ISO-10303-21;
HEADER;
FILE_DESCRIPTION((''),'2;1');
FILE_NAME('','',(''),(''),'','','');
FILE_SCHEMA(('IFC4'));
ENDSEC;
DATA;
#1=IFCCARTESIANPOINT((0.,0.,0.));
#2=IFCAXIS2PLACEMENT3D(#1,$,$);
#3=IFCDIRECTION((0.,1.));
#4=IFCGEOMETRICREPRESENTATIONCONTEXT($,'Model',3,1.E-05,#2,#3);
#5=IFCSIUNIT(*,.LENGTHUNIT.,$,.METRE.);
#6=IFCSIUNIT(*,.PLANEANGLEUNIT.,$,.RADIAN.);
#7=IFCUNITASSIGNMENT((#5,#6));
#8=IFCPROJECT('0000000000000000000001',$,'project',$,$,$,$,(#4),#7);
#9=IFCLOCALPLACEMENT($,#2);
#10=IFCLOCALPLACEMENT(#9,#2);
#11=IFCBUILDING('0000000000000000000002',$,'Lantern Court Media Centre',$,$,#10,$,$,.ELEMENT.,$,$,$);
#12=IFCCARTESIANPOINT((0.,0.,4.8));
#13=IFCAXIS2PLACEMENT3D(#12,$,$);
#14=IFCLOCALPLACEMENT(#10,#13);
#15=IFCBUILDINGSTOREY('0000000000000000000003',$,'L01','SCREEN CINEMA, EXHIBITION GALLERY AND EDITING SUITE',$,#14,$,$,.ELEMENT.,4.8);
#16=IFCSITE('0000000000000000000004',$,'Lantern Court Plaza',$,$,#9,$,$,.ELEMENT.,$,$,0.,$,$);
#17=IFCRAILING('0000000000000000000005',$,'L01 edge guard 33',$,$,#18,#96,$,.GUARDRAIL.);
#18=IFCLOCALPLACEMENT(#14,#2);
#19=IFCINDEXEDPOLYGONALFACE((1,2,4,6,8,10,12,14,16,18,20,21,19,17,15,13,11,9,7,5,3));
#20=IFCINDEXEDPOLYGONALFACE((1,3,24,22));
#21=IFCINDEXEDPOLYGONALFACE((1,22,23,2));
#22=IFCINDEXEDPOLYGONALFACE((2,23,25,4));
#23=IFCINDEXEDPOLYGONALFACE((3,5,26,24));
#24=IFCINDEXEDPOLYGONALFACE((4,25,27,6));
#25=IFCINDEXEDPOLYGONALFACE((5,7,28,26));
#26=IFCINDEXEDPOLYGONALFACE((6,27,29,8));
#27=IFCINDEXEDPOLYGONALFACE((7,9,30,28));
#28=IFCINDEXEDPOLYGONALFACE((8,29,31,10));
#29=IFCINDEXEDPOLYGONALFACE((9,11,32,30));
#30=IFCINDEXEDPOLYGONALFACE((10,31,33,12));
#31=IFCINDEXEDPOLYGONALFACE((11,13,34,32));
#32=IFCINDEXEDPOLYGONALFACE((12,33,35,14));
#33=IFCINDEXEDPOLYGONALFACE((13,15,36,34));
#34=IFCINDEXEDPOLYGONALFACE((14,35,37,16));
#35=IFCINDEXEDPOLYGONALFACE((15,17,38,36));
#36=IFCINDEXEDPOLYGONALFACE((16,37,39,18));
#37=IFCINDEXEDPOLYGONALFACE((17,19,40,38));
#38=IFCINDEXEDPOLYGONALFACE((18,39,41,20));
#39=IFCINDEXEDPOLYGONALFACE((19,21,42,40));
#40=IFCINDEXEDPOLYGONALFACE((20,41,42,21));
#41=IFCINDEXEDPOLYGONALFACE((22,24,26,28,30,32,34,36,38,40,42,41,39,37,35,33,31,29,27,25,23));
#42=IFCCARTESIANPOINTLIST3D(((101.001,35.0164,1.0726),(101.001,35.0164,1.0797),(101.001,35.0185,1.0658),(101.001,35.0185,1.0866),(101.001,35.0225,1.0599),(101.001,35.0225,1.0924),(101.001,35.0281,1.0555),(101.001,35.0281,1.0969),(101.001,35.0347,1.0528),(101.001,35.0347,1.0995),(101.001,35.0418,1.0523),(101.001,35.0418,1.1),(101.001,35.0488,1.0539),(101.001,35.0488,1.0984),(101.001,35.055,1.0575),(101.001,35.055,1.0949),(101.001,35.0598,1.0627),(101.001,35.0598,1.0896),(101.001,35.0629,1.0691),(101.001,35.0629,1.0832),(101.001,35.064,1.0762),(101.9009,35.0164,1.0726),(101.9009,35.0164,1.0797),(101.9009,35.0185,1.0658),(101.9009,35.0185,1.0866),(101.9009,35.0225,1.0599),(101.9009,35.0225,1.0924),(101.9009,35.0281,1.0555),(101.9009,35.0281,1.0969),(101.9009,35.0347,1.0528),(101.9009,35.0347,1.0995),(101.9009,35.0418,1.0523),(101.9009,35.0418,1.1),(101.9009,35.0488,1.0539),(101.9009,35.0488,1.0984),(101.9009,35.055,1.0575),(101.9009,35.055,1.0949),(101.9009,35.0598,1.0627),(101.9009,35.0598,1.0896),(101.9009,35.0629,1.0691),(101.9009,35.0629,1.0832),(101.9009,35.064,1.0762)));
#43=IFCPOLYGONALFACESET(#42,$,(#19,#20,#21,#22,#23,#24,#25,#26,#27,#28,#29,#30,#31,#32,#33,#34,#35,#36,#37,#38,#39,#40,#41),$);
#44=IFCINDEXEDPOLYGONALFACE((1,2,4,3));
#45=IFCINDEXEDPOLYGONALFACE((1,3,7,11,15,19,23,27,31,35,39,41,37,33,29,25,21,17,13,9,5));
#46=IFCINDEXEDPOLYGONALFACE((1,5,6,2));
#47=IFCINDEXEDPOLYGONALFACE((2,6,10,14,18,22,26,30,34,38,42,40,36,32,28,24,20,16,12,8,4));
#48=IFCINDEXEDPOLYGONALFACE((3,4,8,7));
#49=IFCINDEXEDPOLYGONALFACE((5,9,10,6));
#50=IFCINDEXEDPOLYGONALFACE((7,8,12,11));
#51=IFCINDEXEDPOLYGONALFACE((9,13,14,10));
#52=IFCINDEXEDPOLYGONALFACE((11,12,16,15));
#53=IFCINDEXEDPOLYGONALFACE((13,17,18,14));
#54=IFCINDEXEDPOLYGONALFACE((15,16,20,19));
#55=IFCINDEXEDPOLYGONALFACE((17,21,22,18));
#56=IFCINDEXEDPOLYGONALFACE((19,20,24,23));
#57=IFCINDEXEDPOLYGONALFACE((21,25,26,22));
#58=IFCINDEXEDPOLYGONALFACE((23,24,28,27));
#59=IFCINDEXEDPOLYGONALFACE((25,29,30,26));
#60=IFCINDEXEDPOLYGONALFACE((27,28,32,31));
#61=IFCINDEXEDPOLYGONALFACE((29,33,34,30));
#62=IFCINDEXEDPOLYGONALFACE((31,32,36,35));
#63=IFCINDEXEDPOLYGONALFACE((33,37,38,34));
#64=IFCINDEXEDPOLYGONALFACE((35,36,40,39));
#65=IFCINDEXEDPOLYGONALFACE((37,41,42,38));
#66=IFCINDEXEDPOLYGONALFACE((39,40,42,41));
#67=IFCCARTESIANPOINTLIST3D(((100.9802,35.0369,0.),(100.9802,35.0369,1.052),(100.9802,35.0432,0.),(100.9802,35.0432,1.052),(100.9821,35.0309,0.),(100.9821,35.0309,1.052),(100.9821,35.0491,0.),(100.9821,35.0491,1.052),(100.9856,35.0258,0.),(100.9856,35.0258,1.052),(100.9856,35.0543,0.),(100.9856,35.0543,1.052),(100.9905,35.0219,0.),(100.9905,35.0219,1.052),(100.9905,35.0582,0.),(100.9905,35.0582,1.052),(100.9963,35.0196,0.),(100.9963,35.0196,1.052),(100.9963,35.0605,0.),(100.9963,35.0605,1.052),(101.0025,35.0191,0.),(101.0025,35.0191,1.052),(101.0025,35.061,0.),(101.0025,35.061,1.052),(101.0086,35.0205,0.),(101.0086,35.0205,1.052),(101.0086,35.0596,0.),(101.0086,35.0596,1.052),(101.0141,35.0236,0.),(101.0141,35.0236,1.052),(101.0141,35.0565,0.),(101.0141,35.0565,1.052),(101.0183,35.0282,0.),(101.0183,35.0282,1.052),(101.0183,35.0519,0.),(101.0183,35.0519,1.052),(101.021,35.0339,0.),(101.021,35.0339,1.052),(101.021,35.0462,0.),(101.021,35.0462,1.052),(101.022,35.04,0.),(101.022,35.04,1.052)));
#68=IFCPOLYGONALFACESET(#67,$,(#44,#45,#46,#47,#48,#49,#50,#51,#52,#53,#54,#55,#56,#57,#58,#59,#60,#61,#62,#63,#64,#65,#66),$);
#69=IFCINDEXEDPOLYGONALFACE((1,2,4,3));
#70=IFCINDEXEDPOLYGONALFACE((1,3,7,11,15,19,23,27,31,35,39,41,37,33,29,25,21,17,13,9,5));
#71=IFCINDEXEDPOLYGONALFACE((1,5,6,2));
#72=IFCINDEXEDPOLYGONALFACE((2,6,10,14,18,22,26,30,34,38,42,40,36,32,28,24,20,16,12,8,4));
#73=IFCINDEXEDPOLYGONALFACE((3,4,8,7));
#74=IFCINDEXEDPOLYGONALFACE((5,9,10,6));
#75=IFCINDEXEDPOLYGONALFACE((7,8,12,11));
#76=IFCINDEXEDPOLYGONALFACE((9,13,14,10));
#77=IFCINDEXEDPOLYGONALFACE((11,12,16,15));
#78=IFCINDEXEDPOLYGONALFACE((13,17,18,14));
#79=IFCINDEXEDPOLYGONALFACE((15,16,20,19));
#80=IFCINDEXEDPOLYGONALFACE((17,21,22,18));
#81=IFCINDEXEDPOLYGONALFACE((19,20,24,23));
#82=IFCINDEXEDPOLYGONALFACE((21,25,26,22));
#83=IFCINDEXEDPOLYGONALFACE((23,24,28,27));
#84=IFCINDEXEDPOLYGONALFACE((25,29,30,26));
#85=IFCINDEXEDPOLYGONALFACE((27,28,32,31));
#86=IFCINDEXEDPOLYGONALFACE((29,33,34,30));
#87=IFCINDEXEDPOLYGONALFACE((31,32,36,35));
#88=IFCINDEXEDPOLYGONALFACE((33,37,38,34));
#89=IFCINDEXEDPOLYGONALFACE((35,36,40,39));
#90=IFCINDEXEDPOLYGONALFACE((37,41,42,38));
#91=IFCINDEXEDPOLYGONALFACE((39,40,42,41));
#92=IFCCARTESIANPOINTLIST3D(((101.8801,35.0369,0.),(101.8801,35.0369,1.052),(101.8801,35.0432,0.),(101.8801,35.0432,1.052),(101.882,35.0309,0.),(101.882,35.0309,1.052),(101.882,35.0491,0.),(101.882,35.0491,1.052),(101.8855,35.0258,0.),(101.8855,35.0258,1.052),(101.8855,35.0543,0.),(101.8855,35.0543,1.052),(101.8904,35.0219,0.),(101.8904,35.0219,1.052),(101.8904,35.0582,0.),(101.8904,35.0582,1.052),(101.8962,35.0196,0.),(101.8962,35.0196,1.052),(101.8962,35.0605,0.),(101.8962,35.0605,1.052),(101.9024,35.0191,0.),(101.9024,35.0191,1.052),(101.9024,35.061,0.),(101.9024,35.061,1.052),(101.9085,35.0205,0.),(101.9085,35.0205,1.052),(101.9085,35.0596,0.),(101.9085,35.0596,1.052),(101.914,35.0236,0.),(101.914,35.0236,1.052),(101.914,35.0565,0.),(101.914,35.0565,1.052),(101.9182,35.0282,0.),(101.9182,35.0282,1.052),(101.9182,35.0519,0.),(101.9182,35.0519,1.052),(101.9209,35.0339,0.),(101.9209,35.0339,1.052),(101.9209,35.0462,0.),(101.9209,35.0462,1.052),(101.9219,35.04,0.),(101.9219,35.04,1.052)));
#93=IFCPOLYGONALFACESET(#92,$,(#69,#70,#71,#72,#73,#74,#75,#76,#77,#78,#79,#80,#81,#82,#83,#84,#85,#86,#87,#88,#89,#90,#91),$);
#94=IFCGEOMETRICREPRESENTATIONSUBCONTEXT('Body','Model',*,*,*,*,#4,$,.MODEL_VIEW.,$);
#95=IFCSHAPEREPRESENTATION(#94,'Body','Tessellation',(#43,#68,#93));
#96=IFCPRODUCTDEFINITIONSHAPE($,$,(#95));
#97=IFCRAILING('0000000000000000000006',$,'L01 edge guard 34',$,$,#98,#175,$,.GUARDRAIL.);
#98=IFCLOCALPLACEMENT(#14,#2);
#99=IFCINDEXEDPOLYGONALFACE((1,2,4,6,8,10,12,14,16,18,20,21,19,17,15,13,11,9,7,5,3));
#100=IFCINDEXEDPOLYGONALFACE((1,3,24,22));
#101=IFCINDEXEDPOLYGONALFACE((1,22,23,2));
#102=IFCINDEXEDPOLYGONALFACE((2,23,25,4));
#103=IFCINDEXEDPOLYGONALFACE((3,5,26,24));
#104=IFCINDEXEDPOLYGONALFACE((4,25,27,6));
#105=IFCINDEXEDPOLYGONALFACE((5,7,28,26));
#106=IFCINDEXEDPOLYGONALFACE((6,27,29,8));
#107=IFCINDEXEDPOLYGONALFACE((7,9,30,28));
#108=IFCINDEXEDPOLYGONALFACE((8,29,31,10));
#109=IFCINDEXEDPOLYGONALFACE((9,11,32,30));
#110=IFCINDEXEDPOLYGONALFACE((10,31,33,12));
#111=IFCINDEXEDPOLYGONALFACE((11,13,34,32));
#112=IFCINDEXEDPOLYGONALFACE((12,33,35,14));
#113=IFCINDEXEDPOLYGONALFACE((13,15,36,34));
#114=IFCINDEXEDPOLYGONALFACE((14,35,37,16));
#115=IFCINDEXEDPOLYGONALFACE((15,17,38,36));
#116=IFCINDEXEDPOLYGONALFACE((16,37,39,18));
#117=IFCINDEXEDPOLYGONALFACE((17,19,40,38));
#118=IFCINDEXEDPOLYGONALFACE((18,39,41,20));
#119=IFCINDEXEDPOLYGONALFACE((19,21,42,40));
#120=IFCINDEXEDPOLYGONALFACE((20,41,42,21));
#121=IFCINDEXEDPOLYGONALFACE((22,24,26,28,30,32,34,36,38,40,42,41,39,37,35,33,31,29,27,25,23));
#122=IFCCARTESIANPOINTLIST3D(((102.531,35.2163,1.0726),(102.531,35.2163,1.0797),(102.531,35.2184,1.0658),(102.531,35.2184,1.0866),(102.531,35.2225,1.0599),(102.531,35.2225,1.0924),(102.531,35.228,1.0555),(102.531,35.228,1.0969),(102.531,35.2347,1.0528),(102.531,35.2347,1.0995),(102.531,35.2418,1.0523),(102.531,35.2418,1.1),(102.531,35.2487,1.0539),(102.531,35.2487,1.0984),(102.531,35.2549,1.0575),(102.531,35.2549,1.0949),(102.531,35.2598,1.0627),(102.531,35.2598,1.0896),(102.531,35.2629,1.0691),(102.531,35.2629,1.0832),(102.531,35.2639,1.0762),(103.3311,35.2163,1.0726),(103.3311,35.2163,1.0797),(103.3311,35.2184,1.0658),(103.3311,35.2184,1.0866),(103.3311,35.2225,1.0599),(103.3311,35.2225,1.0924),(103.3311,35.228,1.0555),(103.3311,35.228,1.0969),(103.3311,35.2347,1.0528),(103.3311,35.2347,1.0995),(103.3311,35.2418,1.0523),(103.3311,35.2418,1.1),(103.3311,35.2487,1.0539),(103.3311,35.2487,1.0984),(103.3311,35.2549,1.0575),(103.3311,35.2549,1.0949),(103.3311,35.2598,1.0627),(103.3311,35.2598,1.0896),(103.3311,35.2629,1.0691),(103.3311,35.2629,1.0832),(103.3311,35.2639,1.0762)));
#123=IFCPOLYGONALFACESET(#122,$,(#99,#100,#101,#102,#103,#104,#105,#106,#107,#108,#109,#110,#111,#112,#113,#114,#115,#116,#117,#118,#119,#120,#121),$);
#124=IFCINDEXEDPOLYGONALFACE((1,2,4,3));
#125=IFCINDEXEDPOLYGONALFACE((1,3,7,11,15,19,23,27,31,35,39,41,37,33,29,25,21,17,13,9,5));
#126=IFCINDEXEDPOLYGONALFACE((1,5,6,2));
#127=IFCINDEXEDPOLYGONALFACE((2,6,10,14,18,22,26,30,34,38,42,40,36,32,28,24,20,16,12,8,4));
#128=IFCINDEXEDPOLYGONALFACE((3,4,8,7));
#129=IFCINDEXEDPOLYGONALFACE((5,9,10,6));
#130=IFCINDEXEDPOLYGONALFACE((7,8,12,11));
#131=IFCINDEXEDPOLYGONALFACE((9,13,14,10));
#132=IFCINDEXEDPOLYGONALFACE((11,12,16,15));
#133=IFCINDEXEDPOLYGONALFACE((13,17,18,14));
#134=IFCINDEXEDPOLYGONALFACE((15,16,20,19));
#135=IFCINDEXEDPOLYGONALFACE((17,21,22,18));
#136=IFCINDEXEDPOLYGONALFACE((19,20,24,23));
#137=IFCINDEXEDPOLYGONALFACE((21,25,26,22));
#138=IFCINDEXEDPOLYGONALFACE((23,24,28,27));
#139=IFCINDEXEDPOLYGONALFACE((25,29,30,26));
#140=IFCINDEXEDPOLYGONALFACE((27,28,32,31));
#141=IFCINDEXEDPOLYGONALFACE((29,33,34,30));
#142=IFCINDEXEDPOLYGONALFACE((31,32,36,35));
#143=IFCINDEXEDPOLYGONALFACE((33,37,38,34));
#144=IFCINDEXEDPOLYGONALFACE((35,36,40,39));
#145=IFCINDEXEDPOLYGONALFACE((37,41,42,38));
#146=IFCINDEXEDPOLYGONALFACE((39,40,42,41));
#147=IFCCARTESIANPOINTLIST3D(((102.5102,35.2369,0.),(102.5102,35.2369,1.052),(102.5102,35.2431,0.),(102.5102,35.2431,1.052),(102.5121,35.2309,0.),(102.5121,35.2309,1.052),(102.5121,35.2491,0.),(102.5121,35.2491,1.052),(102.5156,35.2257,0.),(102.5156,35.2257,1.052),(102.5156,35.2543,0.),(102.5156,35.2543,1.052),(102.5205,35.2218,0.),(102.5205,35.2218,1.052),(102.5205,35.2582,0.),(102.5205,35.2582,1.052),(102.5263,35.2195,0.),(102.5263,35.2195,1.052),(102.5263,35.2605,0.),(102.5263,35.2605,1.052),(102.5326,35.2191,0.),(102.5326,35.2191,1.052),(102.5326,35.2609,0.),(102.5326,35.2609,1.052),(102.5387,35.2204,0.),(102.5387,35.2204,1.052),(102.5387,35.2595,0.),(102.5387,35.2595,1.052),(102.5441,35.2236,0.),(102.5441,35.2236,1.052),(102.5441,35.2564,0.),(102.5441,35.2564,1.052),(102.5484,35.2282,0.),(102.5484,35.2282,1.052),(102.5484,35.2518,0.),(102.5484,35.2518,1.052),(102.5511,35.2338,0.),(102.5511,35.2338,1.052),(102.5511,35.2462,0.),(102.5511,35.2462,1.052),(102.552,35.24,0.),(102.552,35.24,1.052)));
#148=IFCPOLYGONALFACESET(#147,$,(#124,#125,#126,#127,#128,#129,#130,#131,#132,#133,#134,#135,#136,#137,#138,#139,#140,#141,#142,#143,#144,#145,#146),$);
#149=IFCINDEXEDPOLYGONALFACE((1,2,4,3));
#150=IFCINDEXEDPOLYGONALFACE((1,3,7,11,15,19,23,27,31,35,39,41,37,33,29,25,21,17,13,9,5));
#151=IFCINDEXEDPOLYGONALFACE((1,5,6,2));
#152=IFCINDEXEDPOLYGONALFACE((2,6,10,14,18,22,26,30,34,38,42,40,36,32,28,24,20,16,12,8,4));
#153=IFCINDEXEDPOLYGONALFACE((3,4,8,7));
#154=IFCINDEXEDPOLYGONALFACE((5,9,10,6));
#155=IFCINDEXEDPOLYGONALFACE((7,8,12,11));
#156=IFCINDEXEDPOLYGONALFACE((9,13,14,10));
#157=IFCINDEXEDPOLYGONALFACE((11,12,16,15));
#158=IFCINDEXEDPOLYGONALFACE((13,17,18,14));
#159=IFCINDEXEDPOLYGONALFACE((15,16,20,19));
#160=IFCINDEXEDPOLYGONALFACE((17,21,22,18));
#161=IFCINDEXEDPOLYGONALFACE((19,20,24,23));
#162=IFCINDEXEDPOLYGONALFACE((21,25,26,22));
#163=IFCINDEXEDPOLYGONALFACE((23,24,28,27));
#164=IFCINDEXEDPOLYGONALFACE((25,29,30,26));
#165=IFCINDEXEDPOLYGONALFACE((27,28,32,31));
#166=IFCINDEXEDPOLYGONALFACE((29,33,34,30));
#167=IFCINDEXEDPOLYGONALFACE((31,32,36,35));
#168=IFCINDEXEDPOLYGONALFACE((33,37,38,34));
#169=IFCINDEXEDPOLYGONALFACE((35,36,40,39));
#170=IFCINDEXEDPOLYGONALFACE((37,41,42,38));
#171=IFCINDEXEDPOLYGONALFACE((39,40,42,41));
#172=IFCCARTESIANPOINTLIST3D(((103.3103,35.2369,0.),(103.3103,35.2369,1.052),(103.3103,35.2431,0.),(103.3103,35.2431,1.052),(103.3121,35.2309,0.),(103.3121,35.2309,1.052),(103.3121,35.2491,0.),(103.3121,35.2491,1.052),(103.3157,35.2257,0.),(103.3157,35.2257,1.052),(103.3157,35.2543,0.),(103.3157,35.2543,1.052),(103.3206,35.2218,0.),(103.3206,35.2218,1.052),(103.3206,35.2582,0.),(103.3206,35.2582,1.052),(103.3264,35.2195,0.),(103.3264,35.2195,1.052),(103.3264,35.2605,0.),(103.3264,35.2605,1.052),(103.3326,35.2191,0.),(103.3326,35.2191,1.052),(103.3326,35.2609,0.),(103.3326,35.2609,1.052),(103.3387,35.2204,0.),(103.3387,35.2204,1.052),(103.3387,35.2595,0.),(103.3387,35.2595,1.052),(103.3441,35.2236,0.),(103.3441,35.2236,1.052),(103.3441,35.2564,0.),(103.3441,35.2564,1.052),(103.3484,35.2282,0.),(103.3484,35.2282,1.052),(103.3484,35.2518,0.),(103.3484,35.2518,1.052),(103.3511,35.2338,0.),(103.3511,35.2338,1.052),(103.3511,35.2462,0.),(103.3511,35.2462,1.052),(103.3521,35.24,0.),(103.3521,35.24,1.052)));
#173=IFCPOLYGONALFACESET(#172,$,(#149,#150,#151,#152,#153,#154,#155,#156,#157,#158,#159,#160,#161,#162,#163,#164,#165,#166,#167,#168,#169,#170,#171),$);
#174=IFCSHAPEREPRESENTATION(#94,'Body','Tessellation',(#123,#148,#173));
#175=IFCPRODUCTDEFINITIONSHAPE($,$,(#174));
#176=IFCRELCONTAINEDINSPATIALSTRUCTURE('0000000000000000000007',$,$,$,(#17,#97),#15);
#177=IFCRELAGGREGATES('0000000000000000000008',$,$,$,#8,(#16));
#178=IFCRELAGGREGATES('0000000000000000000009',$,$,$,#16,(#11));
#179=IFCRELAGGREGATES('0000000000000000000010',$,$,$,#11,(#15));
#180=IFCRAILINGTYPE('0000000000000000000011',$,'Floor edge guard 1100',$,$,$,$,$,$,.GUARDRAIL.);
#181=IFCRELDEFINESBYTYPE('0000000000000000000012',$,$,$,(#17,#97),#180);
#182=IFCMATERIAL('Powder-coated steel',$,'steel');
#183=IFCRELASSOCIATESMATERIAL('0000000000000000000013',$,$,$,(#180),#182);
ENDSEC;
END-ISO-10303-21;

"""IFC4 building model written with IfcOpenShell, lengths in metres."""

from ifc_helpers import new_model, si_unit, direction, frame, origin, origin_2d, place, context, subcontext, project, spatial, circle, extrude, material, type_object, element, save


model = new_model("IFC4")

# Units and contexts
model_context = context("Model", 3, precision=1e-05, world=origin(), true_north=direction((0.0, 1.0)))
body_context = subcontext(model_context, "Body", "Model", "MODEL_VIEW")
ifc_project = project(units=[si_unit("LENGTHUNIT", "METRE"), si_unit("PLANEANGLEUNIT", "RADIAN")], contexts=[model_context])

# Site, building, storey
site_placement = place(None, origin())
site = spatial("IfcSite", under=ifc_project, at=site_placement, Name="Lantern Court Plaza", CompositionType="ELEMENT", RefElevation=0.0)
building_placement = place(site_placement, origin())
building = spatial("IfcBuilding", under=site, at=building_placement, Name="Lantern Court Media Centre", CompositionType="ELEMENT")
storey_placement = place(building_placement, frame((0.0, 0.0, 4.8)))
storey = spatial("IfcBuildingStorey", under=building, at=storey_placement, Name="L01", Description="SCREEN CINEMA, EXHIBITION GALLERY AND EDITING SUITE", CompositionType="ELEMENT", Elevation=4.8)

# Railings
ifc_material_1 = material(Name="Powder-coated steel", Category="steel")
railing_type_1 = type_object("IfcRailingType", Name="Floor edge guard 1100", PredefinedType="GUARDRAIL", material=ifc_material_1)
railing_1_placement = place(storey_placement, frame((101.001, 35.04, 0.0)))
element("IfcRailing", 1, at=railing_1_placement, inside=storey, type_object=railing_type_1, Name="L01 edge guard 33", PredefinedType="GUARDRAIL", context=body_context, shape_type="SweptSolid", body=[
    extrude(circle(Radius=0.0239, at=origin_2d()), frame((0.0, 0.0, 1.0762), z_axis=(1.0, 0.0, 0.0), x_axis=(0.0, 1.0, 0.0)), (0.0, 0.0, 1.0), 0.8999),
    extrude(circle(Radius=0.021, at=origin_2d()), origin(), (0.0, 0.0, 1.0), 1.052),
    extrude(circle(Radius=0.021, at=origin_2d()), frame((0.8999, 0.0, 0.0)), (0.0, 0.0, 1.0), 1.052),
])
railing_2_placement = place(storey_placement, frame((102.531, 35.24, 0.0)))
element("IfcRailing", 2, at=railing_2_placement, inside=storey, type_object=railing_type_1, Name="L01 edge guard 34", PredefinedType="GUARDRAIL", context=body_context, shape_type="SweptSolid", body=[
    extrude(circle(Radius=0.0239, at=origin_2d()), frame((0.0, 0.0, 1.0762), z_axis=(1.0, 0.0, 0.0), x_axis=(0.0, 1.0, 0.0)), (0.0, 0.0, 1.0), 0.8),
    extrude(circle(Radius=0.021, at=origin_2d()), origin(), (0.0, 0.0, 1.0), 1.052),
    extrude(circle(Radius=0.021, at=origin_2d()), frame((0.8, 0.0, 0.0)), (0.0, 0.0, 1.0), 1.052),
])

save(model, "model.ifc")
